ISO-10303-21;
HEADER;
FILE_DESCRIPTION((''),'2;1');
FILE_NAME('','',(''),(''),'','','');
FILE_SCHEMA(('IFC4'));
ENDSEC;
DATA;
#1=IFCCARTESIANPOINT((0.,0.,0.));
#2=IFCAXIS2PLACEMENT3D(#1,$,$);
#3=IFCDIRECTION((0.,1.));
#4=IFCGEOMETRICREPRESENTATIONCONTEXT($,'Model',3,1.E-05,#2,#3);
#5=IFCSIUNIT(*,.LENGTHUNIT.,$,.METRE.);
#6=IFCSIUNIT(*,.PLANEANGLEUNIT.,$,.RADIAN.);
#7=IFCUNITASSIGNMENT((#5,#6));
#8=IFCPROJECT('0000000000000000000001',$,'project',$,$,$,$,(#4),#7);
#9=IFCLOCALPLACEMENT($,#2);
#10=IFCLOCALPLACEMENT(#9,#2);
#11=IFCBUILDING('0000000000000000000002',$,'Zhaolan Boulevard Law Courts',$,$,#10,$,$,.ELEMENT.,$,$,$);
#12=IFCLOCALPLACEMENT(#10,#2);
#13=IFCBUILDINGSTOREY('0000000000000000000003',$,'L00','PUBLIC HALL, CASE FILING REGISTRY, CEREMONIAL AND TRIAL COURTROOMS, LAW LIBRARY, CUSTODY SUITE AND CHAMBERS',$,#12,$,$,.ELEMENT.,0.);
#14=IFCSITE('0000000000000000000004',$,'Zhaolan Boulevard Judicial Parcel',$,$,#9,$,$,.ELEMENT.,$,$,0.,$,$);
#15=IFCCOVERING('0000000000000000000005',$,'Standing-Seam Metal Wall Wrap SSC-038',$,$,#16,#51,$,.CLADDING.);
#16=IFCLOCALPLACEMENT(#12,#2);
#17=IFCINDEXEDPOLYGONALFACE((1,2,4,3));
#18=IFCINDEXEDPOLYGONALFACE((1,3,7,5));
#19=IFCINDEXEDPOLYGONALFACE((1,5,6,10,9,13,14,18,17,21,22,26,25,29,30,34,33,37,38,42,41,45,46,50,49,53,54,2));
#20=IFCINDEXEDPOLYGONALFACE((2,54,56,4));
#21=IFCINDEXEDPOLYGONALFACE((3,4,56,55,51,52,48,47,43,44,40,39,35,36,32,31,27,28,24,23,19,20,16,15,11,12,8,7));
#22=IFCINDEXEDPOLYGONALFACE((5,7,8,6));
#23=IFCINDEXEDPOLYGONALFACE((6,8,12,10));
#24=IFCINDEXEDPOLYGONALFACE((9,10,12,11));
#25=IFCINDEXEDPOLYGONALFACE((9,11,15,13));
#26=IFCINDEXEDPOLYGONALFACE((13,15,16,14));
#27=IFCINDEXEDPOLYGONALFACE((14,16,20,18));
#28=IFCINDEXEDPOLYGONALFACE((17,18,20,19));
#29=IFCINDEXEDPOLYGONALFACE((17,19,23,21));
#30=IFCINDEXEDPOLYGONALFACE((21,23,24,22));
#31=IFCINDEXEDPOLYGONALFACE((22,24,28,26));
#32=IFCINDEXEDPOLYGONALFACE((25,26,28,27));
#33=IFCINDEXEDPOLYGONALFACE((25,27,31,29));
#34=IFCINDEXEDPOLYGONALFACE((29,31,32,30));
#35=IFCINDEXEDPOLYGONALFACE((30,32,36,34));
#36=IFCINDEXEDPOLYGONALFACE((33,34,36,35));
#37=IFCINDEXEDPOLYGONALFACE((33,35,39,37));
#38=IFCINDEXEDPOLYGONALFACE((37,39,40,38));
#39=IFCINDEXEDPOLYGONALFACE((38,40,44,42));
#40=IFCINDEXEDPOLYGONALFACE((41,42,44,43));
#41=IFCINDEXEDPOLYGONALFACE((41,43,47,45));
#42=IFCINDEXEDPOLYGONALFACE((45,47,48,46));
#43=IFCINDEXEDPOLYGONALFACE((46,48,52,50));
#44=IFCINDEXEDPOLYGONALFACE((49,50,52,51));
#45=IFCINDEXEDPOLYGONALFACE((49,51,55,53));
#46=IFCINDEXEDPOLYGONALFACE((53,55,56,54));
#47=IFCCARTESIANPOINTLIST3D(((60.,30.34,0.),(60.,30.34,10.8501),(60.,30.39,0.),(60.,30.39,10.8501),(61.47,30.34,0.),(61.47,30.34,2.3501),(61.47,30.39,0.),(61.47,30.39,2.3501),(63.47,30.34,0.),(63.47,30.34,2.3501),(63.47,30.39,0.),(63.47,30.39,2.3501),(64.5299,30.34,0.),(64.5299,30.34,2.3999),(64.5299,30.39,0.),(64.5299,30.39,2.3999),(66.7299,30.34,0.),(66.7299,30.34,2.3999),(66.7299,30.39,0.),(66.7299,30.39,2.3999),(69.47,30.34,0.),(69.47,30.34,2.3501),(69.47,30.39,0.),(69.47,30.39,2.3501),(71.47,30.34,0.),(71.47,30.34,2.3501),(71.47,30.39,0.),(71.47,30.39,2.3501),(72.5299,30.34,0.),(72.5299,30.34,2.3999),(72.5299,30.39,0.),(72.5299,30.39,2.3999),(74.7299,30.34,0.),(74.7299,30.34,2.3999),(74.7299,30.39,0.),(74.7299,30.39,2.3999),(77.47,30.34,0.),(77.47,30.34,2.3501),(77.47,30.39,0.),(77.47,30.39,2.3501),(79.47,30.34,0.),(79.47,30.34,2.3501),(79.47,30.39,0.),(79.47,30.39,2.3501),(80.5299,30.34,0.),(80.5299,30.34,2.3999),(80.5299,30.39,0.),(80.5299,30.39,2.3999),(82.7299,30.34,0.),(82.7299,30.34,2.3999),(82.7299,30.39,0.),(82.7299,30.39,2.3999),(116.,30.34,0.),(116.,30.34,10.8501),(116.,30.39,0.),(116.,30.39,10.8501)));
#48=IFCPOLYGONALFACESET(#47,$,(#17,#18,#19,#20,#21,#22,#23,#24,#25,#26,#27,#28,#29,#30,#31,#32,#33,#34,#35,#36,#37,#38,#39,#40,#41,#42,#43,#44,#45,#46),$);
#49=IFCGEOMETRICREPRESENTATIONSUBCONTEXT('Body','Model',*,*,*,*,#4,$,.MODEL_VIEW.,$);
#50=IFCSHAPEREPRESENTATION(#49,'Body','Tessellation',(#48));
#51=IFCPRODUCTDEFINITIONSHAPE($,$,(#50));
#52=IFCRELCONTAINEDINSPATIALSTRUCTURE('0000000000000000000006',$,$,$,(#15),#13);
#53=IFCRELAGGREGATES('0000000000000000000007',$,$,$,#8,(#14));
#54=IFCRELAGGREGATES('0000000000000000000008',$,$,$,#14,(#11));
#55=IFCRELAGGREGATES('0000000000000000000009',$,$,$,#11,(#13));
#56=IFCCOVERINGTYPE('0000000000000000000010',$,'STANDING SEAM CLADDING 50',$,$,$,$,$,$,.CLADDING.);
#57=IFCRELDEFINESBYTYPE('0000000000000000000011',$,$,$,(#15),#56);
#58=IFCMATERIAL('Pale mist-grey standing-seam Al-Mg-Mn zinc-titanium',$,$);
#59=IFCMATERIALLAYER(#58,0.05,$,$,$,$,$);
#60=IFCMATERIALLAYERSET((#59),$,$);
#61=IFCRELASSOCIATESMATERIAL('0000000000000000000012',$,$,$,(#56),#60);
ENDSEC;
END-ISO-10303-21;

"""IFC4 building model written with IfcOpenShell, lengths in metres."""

from ifc_helpers import new_model, si_unit, direction, frame, frame_2d, origin, place, context, subcontext, project, spatial, rectangle, extrude, material, layer, layer_set, type_object, element, save


model = new_model("IFC4")

# Units and contexts
model_context = context("Model", 3, precision=1e-05, world=origin(), true_north=direction((0.0, 1.0)))
body_context = subcontext(model_context, "Body", "Model", "MODEL_VIEW")
ifc_project = project(units=[si_unit("LENGTHUNIT", "METRE"), si_unit("PLANEANGLEUNIT", "RADIAN")], contexts=[model_context])

# Site, building, storey
site_placement = place(None, origin())
site = spatial("IfcSite", under=ifc_project, at=site_placement, Name="Zhaolan Boulevard Judicial Parcel", CompositionType="ELEMENT", RefElevation=0.0)
building_placement = place(site_placement, origin())
building = spatial("IfcBuilding", under=site, at=building_placement, Name="Zhaolan Boulevard Law Courts", CompositionType="ELEMENT")
storey_placement = place(building_placement, origin())
storey = spatial("IfcBuildingStorey", under=building, at=storey_placement, Name="L00", Description="PUBLIC HALL, CASE FILING REGISTRY, CEREMONIAL AND TRIAL COURTROOMS, LAW LIBRARY, CUSTODY SUITE AND CHAMBERS", CompositionType="ELEMENT", Elevation=0.0)

# Covering, openings
ifc_material_1 = material(Name="Pale mist-grey standing-seam Al-Mg-Mn zinc-titanium")
ifc_layer_1 = layer(ifc_material_1, 0.05)
ifc_layer_set_1 = layer_set([ifc_layer_1])
covering_type = type_object("IfcCoveringType", Name="STANDING SEAM CLADDING 50", PredefinedType="CLADDING", material=ifc_layer_set_1)
covering_placement = place(storey_placement, frame((116.0, 30.365, 0.0), z_axis=(0.0, 0.0, 1.0), x_axis=(-1.0, 0.0, 0.0)))
covering = element("IfcCovering", 1, at=covering_placement, inside=storey, type_object=covering_type, Name="Standing-Seam Metal Wall Wrap SSC-038", PredefinedType="CLADDING", context=body_context, shape_type="SweptSolid", body=[
    extrude(rectangle(XDim=56.0, YDim=0.05, at=frame_2d((28.0, 0.0))), origin(), (0.0, 0.0, 1.0), 10.8501),
])
opening_1_placement = place(storey_placement, frame((66.73, 30.365, 0.0), z_axis=(0.0, 0.0, 1.0), x_axis=(-1.0, 0.0, 0.0)))
element("IfcOpeningElement", 2, at=opening_1_placement, cuts=covering, PredefinedType="OPENING", context=body_context, shape_type="SweptSolid", body=[
    extrude(rectangle(XDim=2.2, YDim=2.3999, at=frame_2d((1.1001, 1.2))), frame((0.0, 0.1499, 0.0), z_axis=(0.0, -1.0, 0.0), x_axis=(1.0, 0.0, 0.0)), (0.0, 0.0, 1.0), 0.3),
])
opening_2_placement = place(storey_placement, frame((63.47, 30.365, 0.0), z_axis=(0.0, 0.0, 1.0), x_axis=(-1.0, 0.0, 0.0)))
element("IfcOpeningElement", 3, at=opening_2_placement, cuts=covering, PredefinedType="OPENING", context=body_context, shape_type="SweptSolid", body=[
    extrude(rectangle(XDim=2.0, YDim=2.3501, at=frame_2d((1.0, 1.175))), frame((0.0, 0.1499, 0.0), z_axis=(0.0, -1.0, 0.0), x_axis=(1.0, 0.0, 0.0)), (0.0, 0.0, 1.0), 0.3),
])
opening_3_placement = place(storey_placement, frame((74.73, 30.365, 0.0), z_axis=(0.0, 0.0, 1.0), x_axis=(-1.0, 0.0, 0.0)))
element("IfcOpeningElement", 4, at=opening_3_placement, cuts=covering, PredefinedType="OPENING", context=body_context, shape_type="SweptSolid", body=[
    extrude(rectangle(XDim=2.2, YDim=2.3999, at=frame_2d((1.1001, 1.2))), frame((0.0, 0.1499, 0.0), z_axis=(0.0, -1.0, 0.0), x_axis=(1.0, 0.0, 0.0)), (0.0, 0.0, 1.0), 0.3),
])
opening_4_placement = place(storey_placement, frame((71.47, 30.365, 0.0), z_axis=(0.0, 0.0, 1.0), x_axis=(-1.0, 0.0, 0.0)))
element("IfcOpeningElement", 5, at=opening_4_placement, cuts=covering, PredefinedType="OPENING", context=body_context, shape_type="SweptSolid", body=[
    extrude(rectangle(XDim=2.0, YDim=2.3501, at=frame_2d((1.0, 1.175))), frame((0.0, 0.1499, 0.0), z_axis=(0.0, -1.0, 0.0), x_axis=(1.0, 0.0, 0.0)), (0.0, 0.0, 1.0), 0.3),
])
opening_5_placement = place(storey_placement, frame((82.73, 30.365, 0.0), z_axis=(0.0, 0.0, 1.0), x_axis=(-1.0, 0.0, 0.0)))
element("IfcOpeningElement", 6, at=opening_5_placement, cuts=covering, PredefinedType="OPENING", context=body_context, shape_type="SweptSolid", body=[
    extrude(rectangle(XDim=2.2, YDim=2.3999, at=frame_2d((1.1001, 1.2))), frame((0.0, 0.1499, 0.0), z_axis=(0.0, -1.0, 0.0), x_axis=(1.0, 0.0, 0.0)), (0.0, 0.0, 1.0), 0.3),
])
opening_6_placement = place(storey_placement, frame((79.47, 30.365, 0.0), z_axis=(0.0, 0.0, 1.0), x_axis=(-1.0, 0.0, 0.0)))
element("IfcOpeningElement", 7, at=opening_6_placement, cuts=covering, PredefinedType="OPENING", context=body_context, shape_type="SweptSolid", body=[
    extrude(rectangle(XDim=2.0, YDim=2.3501, at=frame_2d((1.0, 1.175))), frame((0.0, 0.1499, 0.0), z_axis=(0.0, -1.0, 0.0), x_axis=(1.0, 0.0, 0.0)), (0.0, 0.0, 1.0), 0.3),
])

save(model, "model.ifc")
